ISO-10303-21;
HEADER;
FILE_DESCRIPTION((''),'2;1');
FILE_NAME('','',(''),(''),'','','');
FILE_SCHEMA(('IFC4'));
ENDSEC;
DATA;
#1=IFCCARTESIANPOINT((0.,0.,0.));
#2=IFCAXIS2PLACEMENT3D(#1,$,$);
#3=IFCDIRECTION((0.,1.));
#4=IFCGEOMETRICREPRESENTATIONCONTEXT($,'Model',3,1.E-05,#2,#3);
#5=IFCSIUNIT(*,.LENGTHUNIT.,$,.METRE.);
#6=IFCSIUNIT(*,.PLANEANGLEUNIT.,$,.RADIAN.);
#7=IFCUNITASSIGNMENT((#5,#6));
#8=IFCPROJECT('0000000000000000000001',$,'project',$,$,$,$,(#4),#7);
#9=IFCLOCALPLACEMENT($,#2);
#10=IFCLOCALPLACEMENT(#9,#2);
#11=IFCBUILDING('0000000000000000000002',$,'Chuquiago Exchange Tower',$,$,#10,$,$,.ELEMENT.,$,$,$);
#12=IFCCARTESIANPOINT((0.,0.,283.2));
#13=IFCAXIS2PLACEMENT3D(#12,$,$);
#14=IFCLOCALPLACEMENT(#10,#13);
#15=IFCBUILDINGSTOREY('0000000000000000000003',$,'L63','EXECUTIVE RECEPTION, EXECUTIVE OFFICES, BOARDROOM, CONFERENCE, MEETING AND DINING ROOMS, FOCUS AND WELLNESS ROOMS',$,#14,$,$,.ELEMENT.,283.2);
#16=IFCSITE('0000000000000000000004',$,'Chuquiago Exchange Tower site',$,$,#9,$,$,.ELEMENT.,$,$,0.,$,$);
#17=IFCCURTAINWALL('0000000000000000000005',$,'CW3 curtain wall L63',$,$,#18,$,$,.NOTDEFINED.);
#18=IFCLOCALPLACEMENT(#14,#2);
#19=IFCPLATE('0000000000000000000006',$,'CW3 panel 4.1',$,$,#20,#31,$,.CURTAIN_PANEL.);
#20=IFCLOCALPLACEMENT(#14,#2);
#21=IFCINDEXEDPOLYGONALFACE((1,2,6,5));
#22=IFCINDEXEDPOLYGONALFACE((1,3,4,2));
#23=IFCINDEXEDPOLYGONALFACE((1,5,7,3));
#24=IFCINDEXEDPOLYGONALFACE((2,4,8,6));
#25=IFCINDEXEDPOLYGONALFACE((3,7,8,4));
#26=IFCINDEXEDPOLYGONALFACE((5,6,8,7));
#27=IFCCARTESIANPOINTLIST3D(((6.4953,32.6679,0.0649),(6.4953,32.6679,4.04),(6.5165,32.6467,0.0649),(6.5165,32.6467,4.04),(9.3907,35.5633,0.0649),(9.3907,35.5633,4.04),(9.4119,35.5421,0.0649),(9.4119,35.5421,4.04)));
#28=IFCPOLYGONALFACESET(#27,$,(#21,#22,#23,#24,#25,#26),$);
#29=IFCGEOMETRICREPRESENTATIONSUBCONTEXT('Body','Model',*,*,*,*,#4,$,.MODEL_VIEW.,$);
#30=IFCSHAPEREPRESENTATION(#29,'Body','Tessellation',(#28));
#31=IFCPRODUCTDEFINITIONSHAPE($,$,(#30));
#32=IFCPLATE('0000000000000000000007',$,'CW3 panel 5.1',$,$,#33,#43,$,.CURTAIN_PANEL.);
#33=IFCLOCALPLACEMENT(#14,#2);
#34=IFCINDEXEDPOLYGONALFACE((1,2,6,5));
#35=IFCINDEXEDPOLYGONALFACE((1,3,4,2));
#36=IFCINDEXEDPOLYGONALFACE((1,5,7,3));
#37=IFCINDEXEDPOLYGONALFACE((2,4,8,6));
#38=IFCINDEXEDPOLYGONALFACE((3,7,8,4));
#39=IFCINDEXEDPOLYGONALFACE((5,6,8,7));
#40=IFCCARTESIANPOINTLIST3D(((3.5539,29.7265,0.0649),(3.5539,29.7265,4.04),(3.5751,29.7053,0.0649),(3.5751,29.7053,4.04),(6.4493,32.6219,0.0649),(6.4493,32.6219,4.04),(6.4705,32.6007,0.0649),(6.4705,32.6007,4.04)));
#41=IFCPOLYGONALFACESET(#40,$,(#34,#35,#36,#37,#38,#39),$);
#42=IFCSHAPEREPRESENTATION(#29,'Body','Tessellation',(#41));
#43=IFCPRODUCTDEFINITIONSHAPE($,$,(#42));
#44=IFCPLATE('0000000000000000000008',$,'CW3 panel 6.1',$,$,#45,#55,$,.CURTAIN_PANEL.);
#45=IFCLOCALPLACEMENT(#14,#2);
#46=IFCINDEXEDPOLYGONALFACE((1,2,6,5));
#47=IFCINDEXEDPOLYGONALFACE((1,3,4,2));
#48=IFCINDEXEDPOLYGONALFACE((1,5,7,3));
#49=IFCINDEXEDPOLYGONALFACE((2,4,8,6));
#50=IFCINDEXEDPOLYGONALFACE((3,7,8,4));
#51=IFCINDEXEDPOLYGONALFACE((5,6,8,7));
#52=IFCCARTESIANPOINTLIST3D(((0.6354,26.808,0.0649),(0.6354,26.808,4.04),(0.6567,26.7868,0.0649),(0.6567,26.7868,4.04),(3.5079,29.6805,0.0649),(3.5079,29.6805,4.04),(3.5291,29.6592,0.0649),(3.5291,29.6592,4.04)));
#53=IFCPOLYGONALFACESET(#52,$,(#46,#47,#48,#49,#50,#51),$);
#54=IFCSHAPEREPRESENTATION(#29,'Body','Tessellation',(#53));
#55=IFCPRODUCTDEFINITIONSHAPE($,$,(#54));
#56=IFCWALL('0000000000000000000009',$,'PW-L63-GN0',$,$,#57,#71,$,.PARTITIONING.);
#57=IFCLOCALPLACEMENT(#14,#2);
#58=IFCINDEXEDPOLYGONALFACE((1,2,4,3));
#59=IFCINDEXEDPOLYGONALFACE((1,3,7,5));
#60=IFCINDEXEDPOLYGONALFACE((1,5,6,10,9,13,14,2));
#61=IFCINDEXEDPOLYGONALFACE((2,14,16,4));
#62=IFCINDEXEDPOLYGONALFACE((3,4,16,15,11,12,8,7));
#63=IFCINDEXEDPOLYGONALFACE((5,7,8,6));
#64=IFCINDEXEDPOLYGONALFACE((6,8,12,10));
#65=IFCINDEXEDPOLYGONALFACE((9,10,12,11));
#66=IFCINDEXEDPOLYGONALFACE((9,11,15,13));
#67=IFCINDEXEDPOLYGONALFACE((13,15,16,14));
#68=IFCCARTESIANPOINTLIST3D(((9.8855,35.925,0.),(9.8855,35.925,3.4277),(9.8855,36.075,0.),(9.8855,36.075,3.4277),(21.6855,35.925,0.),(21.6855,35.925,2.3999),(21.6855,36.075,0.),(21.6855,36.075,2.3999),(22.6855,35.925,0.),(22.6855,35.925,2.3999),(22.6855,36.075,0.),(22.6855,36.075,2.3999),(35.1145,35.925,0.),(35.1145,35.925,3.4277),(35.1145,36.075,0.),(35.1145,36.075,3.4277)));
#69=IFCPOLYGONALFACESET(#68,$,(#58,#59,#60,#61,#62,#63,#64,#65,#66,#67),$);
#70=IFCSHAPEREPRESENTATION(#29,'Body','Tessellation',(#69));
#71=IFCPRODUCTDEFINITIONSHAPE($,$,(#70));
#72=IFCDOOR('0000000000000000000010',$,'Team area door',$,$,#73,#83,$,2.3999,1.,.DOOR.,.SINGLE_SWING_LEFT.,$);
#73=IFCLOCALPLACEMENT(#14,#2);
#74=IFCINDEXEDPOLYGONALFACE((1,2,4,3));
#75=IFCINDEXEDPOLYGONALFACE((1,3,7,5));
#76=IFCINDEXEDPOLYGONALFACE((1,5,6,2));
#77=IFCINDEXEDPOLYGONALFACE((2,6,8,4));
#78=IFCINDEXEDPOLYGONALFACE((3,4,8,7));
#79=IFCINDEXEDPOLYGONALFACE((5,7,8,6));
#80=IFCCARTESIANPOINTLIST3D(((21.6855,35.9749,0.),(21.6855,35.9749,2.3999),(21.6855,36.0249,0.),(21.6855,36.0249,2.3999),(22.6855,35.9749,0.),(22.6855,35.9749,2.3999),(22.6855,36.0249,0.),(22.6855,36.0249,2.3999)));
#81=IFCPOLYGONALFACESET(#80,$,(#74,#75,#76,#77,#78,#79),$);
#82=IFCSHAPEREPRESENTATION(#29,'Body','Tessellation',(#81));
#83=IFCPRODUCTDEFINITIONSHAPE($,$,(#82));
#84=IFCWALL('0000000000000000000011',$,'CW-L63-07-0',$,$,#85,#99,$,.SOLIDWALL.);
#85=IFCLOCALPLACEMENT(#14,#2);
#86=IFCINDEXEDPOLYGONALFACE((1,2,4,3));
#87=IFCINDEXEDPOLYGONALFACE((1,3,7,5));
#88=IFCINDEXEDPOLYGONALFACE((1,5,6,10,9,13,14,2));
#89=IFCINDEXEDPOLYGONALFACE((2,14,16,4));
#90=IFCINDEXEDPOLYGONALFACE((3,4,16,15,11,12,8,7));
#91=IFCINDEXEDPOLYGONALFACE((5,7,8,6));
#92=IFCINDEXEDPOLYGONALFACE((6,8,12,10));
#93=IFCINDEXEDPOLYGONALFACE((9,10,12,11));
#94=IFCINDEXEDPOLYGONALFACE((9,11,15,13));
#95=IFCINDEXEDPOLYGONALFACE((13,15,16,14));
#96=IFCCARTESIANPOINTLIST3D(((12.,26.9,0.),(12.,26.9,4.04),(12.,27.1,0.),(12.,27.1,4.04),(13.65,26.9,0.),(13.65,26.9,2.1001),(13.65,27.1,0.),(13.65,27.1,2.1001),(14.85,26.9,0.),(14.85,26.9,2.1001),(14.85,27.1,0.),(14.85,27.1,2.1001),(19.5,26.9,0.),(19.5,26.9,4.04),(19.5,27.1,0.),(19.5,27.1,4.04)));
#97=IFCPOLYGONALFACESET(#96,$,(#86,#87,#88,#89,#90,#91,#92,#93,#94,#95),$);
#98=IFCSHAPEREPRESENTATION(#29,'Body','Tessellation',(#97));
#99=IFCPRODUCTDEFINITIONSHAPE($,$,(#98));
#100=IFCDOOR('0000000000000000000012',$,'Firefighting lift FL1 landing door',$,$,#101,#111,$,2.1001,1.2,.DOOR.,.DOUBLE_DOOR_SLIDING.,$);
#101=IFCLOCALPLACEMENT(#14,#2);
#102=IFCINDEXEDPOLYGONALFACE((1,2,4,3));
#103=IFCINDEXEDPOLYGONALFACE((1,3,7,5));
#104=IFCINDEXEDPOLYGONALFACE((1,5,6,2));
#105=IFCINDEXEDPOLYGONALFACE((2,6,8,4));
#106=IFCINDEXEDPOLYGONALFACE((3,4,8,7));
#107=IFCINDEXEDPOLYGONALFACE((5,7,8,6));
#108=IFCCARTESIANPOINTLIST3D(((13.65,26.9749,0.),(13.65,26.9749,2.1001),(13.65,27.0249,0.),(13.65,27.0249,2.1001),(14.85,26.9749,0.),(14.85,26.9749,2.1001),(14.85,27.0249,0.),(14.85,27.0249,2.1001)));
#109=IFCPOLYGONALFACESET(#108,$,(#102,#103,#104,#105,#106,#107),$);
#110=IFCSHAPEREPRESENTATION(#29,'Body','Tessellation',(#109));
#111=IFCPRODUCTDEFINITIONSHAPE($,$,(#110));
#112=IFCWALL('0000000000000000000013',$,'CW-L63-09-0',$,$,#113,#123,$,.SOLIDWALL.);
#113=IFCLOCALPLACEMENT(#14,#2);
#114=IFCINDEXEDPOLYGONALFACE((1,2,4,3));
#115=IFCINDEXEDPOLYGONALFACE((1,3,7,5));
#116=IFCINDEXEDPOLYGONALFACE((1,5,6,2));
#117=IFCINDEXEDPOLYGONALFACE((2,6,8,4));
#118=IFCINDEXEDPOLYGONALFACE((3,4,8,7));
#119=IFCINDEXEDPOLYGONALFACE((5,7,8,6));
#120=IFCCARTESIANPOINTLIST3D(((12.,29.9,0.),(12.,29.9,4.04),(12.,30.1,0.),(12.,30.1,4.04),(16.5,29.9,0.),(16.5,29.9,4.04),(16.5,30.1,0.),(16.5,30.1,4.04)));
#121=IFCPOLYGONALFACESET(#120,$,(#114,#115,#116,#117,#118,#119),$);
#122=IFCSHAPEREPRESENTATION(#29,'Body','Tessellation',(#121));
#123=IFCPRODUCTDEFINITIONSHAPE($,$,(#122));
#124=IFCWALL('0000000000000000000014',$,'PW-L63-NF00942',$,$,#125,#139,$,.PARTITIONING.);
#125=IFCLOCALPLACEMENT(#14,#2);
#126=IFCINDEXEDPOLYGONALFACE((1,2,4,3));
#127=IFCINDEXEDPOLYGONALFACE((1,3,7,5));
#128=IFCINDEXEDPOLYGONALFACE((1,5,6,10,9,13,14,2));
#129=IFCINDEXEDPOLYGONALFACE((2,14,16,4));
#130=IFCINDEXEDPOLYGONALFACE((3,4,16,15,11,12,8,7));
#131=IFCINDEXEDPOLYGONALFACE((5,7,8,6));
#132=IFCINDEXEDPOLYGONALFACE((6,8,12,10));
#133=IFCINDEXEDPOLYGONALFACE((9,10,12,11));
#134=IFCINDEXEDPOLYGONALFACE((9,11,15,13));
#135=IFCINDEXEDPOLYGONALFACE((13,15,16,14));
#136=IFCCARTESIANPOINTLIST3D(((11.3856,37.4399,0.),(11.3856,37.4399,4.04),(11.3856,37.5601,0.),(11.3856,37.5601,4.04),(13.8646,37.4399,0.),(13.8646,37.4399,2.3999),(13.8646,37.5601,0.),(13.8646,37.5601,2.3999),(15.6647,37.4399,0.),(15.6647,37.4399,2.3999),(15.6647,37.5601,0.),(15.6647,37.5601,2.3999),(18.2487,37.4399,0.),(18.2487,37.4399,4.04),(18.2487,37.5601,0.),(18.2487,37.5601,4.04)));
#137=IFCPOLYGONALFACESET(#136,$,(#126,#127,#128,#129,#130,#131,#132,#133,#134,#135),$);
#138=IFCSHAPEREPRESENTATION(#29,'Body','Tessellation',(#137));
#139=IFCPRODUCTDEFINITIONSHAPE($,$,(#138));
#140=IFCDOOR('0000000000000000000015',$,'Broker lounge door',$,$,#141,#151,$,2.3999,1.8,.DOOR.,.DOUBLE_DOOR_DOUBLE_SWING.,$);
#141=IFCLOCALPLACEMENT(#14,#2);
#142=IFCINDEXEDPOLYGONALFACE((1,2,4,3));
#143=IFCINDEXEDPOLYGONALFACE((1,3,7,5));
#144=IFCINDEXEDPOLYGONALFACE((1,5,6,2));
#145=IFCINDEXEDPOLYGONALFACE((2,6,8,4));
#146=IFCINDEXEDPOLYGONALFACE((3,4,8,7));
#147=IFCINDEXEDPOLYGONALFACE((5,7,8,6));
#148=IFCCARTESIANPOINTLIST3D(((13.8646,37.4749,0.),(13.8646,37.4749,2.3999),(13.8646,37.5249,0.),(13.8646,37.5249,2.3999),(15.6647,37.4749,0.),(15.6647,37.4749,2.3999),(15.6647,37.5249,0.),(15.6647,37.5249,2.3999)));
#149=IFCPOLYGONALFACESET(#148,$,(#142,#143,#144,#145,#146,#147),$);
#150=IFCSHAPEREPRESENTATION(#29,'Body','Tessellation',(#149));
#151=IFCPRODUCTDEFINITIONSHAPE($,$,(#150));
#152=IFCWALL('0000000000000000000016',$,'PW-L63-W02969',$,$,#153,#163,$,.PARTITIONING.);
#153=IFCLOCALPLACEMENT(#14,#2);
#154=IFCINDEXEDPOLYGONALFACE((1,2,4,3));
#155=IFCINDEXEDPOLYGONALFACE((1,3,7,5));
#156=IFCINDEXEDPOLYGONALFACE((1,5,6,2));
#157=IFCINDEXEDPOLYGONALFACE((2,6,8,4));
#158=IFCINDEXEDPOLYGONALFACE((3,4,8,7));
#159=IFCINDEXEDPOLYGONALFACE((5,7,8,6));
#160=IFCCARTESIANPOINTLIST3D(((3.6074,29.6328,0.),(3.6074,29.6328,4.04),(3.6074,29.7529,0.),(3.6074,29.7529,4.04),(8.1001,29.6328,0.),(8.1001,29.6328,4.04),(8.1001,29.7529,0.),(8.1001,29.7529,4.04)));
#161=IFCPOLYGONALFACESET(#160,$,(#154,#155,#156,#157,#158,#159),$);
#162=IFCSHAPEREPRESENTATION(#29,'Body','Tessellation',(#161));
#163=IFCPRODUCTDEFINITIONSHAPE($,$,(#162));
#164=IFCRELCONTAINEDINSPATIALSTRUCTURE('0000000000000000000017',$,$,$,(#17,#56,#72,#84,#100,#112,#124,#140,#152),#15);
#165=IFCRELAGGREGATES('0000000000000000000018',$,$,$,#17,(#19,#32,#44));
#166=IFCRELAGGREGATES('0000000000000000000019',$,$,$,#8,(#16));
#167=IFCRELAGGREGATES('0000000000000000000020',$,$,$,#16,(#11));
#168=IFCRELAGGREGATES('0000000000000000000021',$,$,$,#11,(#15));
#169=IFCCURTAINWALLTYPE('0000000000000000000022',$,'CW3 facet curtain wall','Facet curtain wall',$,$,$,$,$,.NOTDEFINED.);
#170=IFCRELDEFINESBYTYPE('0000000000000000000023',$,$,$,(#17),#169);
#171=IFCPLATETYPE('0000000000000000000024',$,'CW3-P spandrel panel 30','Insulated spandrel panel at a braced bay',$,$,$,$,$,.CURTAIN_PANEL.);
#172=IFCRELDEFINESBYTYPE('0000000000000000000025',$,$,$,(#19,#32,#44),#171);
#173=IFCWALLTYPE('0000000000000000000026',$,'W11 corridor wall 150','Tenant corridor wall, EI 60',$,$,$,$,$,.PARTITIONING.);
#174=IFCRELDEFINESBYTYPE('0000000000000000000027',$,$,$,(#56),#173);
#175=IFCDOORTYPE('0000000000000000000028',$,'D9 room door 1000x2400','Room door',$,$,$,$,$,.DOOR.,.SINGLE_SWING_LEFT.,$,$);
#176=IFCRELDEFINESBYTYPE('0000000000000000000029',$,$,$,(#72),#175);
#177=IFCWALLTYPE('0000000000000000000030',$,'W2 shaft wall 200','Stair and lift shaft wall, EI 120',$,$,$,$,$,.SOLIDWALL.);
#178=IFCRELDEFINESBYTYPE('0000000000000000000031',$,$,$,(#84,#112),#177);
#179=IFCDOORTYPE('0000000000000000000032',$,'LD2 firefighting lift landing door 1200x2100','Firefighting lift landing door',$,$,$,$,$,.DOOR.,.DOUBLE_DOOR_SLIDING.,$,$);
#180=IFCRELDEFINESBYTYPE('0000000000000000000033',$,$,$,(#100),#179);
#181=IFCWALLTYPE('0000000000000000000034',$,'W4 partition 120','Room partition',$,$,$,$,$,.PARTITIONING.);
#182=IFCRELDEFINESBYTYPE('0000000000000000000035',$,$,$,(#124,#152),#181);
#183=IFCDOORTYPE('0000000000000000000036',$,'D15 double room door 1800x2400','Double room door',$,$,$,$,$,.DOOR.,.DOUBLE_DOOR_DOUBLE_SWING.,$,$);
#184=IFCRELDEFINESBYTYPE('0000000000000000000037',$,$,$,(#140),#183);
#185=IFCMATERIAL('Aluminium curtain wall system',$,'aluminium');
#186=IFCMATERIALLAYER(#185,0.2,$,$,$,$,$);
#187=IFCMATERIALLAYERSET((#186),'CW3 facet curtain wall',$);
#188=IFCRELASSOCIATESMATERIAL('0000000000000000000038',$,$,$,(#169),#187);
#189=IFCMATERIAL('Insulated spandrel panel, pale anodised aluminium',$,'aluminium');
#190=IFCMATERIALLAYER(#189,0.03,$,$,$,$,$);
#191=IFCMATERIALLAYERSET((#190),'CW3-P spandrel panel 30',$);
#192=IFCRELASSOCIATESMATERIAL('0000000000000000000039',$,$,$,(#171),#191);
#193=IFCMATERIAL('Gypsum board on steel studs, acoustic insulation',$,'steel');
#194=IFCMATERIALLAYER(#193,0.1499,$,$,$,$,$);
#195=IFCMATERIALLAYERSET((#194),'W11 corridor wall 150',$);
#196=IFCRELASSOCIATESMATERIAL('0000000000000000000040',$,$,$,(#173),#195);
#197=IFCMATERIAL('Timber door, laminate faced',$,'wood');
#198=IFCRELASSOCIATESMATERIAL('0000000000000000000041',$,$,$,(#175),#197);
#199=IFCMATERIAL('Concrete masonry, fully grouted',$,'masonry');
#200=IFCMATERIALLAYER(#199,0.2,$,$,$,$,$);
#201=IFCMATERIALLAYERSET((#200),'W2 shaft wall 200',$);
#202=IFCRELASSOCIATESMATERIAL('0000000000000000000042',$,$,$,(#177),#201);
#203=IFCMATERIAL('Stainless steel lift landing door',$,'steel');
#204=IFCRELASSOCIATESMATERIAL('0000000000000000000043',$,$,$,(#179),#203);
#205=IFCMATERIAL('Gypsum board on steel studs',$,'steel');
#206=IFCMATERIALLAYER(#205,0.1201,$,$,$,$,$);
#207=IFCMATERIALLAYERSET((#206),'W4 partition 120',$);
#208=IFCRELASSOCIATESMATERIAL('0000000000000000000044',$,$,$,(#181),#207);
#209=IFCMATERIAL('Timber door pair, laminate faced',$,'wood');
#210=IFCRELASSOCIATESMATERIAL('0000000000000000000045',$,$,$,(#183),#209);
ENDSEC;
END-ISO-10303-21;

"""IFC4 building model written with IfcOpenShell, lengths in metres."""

from ifc_helpers import new_model, si_unit, direction, frame, frame_2d, origin, origin_2d, place, context, subcontext, project, spatial, rectangle, extrude, material, layer, layer_set, type_object, element, fill, aggregate, save


model = new_model("IFC4")

# Units and contexts
model_context = context("Model", 3, precision=1e-05, world=origin(), true_north=direction((0.0, 1.0)))
body_context = subcontext(model_context, "Body", "Model", "MODEL_VIEW")
ifc_project = project(units=[si_unit("LENGTHUNIT", "METRE"), si_unit("PLANEANGLEUNIT", "RADIAN")], contexts=[model_context])

# Site, building, storey
site_placement = place(None, origin())
site = spatial("IfcSite", under=ifc_project, at=site_placement, Name="Chuquiago Exchange Tower site", CompositionType="ELEMENT", RefElevation=0.0)
building_placement = place(site_placement, origin())
building = spatial("IfcBuilding", under=site, at=building_placement, Name="Chuquiago Exchange Tower", CompositionType="ELEMENT")
storey_placement = place(building_placement, frame((0.0, 0.0, 283.2)))
storey = spatial("IfcBuildingStorey", under=building, at=storey_placement, Name="L63", Description="EXECUTIVE RECEPTION, EXECUTIVE OFFICES, BOARDROOM, CONFERENCE, MEETING AND DINING ROOMS, FOCUS AND WELLNESS ROOMS", CompositionType="ELEMENT", Elevation=283.2)

# Curtain wall
ifc_material_1 = material(Name="Aluminium curtain wall system", Category="aluminium")
ifc_layer_1 = layer(ifc_material_1, 0.2)
ifc_layer_set_1 = layer_set([ifc_layer_1], Name="CW3 facet curtain wall")
curtain_wall_type = type_object("IfcCurtainWallType", Name="CW3 facet curtain wall", Description="Facet curtain wall", PredefinedType="NOTDEFINED", material=ifc_layer_set_1)
curtain_wall_placement = place(storey_placement, origin())
curtain_wall = element("IfcCurtainWall", 1, at=curtain_wall_placement, inside=storey, type_object=curtain_wall_type, Name="CW3 curtain wall L63", PredefinedType="NOTDEFINED")

# Plates
ifc_material_2 = material(Name="Insulated spandrel panel, pale anodised aluminium", Category="aluminium")
ifc_layer_2 = layer(ifc_material_2, 0.03)
ifc_layer_set_2 = layer_set([ifc_layer_2], Name="CW3-P spandrel panel 30")
plate_type = type_object("IfcPlateType", Name="CW3-P spandrel panel 30", Description="Insulated spandrel panel at a braced bay", PredefinedType="CURTAIN_PANEL", material=ifc_layer_set_2)
plate_1_placement = place(storey_placement, frame((7.9536, 34.105, 0.0649), z_axis=(0.0, 0.0, 1.0), x_axis=(-0.707107, -0.707107, 0.0)))
plate_1 = element("IfcPlate", 2, at=plate_1_placement, type_object=plate_type, Name="CW3 panel 4.1", PredefinedType="CURTAIN_PANEL", context=body_context, shape_type="SweptSolid", body=[
    extrude(rectangle(XDim=4.0947, YDim=0.03, at=origin_2d()), origin(), (0.0, 0.0, 1.0), 3.9751),
])
plate_2_placement = place(storey_placement, frame((5.0122, 31.1636, 0.0649), z_axis=(0.0, 0.0, 1.0), x_axis=(-0.707107, -0.707107, 0.0)))
plate_2 = element("IfcPlate", 3, at=plate_2_placement, type_object=plate_type, Name="CW3 panel 5.1", PredefinedType="CURTAIN_PANEL", context=body_context, shape_type="SweptSolid", body=[
    extrude(rectangle(XDim=4.0947, YDim=0.03, at=origin_2d()), origin(), (0.0, 0.0, 1.0), 3.9751),
])
plate_3_placement = place(storey_placement, frame((2.0823, 28.2336, 0.0649), z_axis=(0.0, 0.0, 1.0), x_axis=(-0.707107, -0.707107, 0.0)))
plate_3 = element("IfcPlate", 4, at=plate_3_placement, type_object=plate_type, Name="CW3 panel 6.1", PredefinedType="CURTAIN_PANEL", context=body_context, shape_type="SweptSolid", body=[
    extrude(rectangle(XDim=4.0623, YDim=0.03, at=origin_2d()), origin(), (0.0, 0.0, 1.0), 3.9751),
])
aggregate(curtain_wall, [plate_1, plate_2, plate_3])

# Walls, openings, doors
ifc_material_3 = material(Name="Gypsum board on steel studs, acoustic insulation", Category="steel")
ifc_layer_3 = layer(ifc_material_3, 0.1499)
ifc_layer_set_3 = layer_set([ifc_layer_3], Name="W11 corridor wall 150")
wall_type_1 = type_object("IfcWallType", Name="W11 corridor wall 150", Description="Tenant corridor wall, EI 60", PredefinedType="PARTITIONING", material=ifc_layer_set_3)
wall_1_placement = place(storey_placement, frame((9.8855, 36.0, 0.0), z_axis=(0.0, 0.0, 1.0), x_axis=(1.0, 0.0, 0.0)))
wall_1 = element("IfcWall", 5, at=wall_1_placement, inside=storey, type_object=wall_type_1, Name="PW-L63-GN0", PredefinedType="PARTITIONING", context=body_context, shape_type="SweptSolid", body=[
    extrude(rectangle(XDim=25.229, YDim=0.1499, at=frame_2d((12.6145, 0.0))), origin(), (0.0, 0.0, 1.0), 3.4277),
])
opening_1_placement = place(wall_1_placement, frame((11.8, 0.0, 0.0)))
opening_1 = element("IfcOpeningElement", 6, at=opening_1_placement, cuts=wall_1, PredefinedType="OPENING", context=body_context, shape_type="SweptSolid", body=[
    extrude(rectangle(XDim=1.0, YDim=2.3999, at=frame_2d((0.5, 1.2))), frame((0.0, 0.085, 0.0), z_axis=(0.0, -1.0, 0.0), x_axis=(1.0, 0.0, 0.0)), (0.0, 0.0, 1.0), 0.1699),
])
ifc_material_4 = material(Name="Timber door, laminate faced", Category="wood")
door_type_1 = type_object("IfcDoorType", Name="D9 room door 1000x2400", Description="Room door", OperationType="SINGLE_SWING_LEFT", PredefinedType="DOOR", material=ifc_material_4)
door_1_placement = place(opening_1_placement, origin())
door_1 = element("IfcDoor", 7, at=door_1_placement, inside=storey, type_object=door_type_1, Name="Team area door", OperationType="SINGLE_SWING_LEFT", OverallHeight=2.3999, OverallWidth=1.0, PredefinedType="DOOR", context=body_context, shape_type="SweptSolid", body=[
    extrude(rectangle(XDim=1.0, YDim=2.3999, at=frame_2d((0.5, 1.2))), frame((0.0, 0.0249, 0.0), z_axis=(0.0, -1.0, 0.0), x_axis=(1.0, 0.0, 0.0)), (0.0, 0.0, 1.0), 0.05),
])
fill(opening_1, door_1)
ifc_material_5 = material(Name="Concrete masonry, fully grouted", Category="masonry")
ifc_layer_4 = layer(ifc_material_5, 0.2)
ifc_layer_set_4 = layer_set([ifc_layer_4], Name="W2 shaft wall 200")
wall_type_2 = type_object("IfcWallType", Name="W2 shaft wall 200", Description="Stair and lift shaft wall, EI 120", PredefinedType="SOLIDWALL", material=ifc_layer_set_4)
wall_2_placement = place(storey_placement, frame((12.0, 27.0, 0.0), z_axis=(0.0, 0.0, 1.0), x_axis=(1.0, 0.0, 0.0)))
wall_2 = element("IfcWall", 8, at=wall_2_placement, inside=storey, type_object=wall_type_2, Name="CW-L63-07-0", PredefinedType="SOLIDWALL", context=body_context, shape_type="SweptSolid", body=[
    extrude(rectangle(XDim=7.5, YDim=0.2, at=frame_2d((3.75, 0.0))), origin(), (0.0, 0.0, 1.0), 4.04),
])
opening_2_placement = place(wall_2_placement, frame((1.6499, 0.0, 0.0)))
opening_2 = element("IfcOpeningElement", 9, at=opening_2_placement, cuts=wall_2, PredefinedType="OPENING", context=body_context, shape_type="SweptSolid", body=[
    extrude(rectangle(XDim=1.2, YDim=2.1001, at=frame_2d((0.6001, 1.05))), frame((0.0, 0.1099, 0.0), z_axis=(0.0, -1.0, 0.0), x_axis=(1.0, 0.0, 0.0)), (0.0, 0.0, 1.0), 0.22),
])
ifc_material_6 = material(Name="Stainless steel lift landing door", Category="steel")
door_type_2 = type_object("IfcDoorType", Name="LD2 firefighting lift landing door 1200x2100", Description="Firefighting lift landing door", OperationType="DOUBLE_DOOR_SLIDING", PredefinedType="DOOR", material=ifc_material_6)
door_2_placement = place(opening_2_placement, origin())
door_2 = element("IfcDoor", 10, at=door_2_placement, inside=storey, type_object=door_type_2, Name="Firefighting lift FL1 landing door", OperationType="DOUBLE_DOOR_SLIDING", OverallHeight=2.1001, OverallWidth=1.2, PredefinedType="DOOR", context=body_context, shape_type="SweptSolid", body=[
    extrude(rectangle(XDim=1.2, YDim=2.1001, at=frame_2d((0.6001, 1.05))), frame((0.0, 0.0249, 0.0), z_axis=(0.0, -1.0, 0.0), x_axis=(1.0, 0.0, 0.0)), (0.0, 0.0, 1.0), 0.05),
])
fill(opening_2, door_2)

# Wall
wall_3_placement = place(storey_placement, frame((12.0, 30.0, 0.0), z_axis=(0.0, 0.0, 1.0), x_axis=(1.0, 0.0, 0.0)))
element("IfcWall", 11, at=wall_3_placement, inside=storey, type_object=wall_type_2, Name="CW-L63-09-0", PredefinedType="SOLIDWALL", context=body_context, shape_type="SweptSolid", body=[
    extrude(rectangle(XDim=4.5, YDim=0.2, at=frame_2d((2.25, 0.0))), origin(), (0.0, 0.0, 1.0), 4.04),
])

# Wall, opening, door
ifc_material_7 = material(Name="Gypsum board on steel studs", Category="steel")
ifc_layer_5 = layer(ifc_material_7, 0.1201)
ifc_layer_set_5 = layer_set([ifc_layer_5], Name="W4 partition 120")
wall_type_3 = type_object("IfcWallType", Name="W4 partition 120", Description="Room partition", PredefinedType="PARTITIONING", material=ifc_layer_set_5)
wall_4_placement = place(storey_placement, frame((11.3855, 37.5, 0.0), z_axis=(0.0, 0.0, 1.0), x_axis=(1.0, 0.0, 0.0)))
wall_4 = element("IfcWall", 12, at=wall_4_placement, inside=storey, type_object=wall_type_3, Name="PW-L63-NF00942", PredefinedType="PARTITIONING", context=body_context, shape_type="SweptSolid", body=[
    extrude(rectangle(XDim=6.863, YDim=0.1201, at=frame_2d((3.4316, 0.0))), origin(), (0.0, 0.0, 1.0), 4.04),
])
opening_3_placement = place(wall_4_placement, frame((2.4792, 0.0, 0.0)))
opening_3 = element("IfcOpeningElement", 13, at=opening_3_placement, cuts=wall_4, PredefinedType="OPENING", context=body_context, shape_type="SweptSolid", body=[
    extrude(rectangle(XDim=1.8, YDim=2.3999, at=frame_2d((0.8999, 1.2))), frame((0.0, 0.0701, 0.0), z_axis=(0.0, -1.0, 0.0), x_axis=(1.0, 0.0, 0.0)), (0.0, 0.0, 1.0), 0.1401),
])
ifc_material_8 = material(Name="Timber door pair, laminate faced", Category="wood")
door_type_3 = type_object("IfcDoorType", Name="D15 double room door 1800x2400", Description="Double room door", OperationType="DOUBLE_DOOR_DOUBLE_SWING", PredefinedType="DOOR", material=ifc_material_8)
door_3_placement = place(opening_3_placement, origin())
door_3 = element("IfcDoor", 14, at=door_3_placement, inside=storey, type_object=door_type_3, Name="Broker lounge door", OperationType="DOUBLE_DOOR_DOUBLE_SWING", OverallHeight=2.3999, OverallWidth=1.8, PredefinedType="DOOR", context=body_context, shape_type="SweptSolid", body=[
    extrude(rectangle(XDim=1.8, YDim=2.3999, at=frame_2d((0.8999, 1.2))), frame((0.0, 0.0249, 0.0), z_axis=(0.0, -1.0, 0.0), x_axis=(1.0, 0.0, 0.0)), (0.0, 0.0, 1.0), 0.05),
])
fill(opening_3, door_3)

# Wall
wall_5_placement = place(storey_placement, frame((3.6074, 29.6929, 0.0), z_axis=(0.0, 0.0, 1.0), x_axis=(1.0, 0.0, 0.0)))
element("IfcWall", 15, at=wall_5_placement, inside=storey, type_object=wall_type_3, Name="PW-L63-W02969", PredefinedType="PARTITIONING", context=body_context, shape_type="SweptSolid", body=[
    extrude(rectangle(XDim=4.4927, YDim=0.1201, at=frame_2d((2.2463, 0.0))), origin(), (0.0, 0.0, 1.0), 4.04),
])

save(model, "model.ifc")
